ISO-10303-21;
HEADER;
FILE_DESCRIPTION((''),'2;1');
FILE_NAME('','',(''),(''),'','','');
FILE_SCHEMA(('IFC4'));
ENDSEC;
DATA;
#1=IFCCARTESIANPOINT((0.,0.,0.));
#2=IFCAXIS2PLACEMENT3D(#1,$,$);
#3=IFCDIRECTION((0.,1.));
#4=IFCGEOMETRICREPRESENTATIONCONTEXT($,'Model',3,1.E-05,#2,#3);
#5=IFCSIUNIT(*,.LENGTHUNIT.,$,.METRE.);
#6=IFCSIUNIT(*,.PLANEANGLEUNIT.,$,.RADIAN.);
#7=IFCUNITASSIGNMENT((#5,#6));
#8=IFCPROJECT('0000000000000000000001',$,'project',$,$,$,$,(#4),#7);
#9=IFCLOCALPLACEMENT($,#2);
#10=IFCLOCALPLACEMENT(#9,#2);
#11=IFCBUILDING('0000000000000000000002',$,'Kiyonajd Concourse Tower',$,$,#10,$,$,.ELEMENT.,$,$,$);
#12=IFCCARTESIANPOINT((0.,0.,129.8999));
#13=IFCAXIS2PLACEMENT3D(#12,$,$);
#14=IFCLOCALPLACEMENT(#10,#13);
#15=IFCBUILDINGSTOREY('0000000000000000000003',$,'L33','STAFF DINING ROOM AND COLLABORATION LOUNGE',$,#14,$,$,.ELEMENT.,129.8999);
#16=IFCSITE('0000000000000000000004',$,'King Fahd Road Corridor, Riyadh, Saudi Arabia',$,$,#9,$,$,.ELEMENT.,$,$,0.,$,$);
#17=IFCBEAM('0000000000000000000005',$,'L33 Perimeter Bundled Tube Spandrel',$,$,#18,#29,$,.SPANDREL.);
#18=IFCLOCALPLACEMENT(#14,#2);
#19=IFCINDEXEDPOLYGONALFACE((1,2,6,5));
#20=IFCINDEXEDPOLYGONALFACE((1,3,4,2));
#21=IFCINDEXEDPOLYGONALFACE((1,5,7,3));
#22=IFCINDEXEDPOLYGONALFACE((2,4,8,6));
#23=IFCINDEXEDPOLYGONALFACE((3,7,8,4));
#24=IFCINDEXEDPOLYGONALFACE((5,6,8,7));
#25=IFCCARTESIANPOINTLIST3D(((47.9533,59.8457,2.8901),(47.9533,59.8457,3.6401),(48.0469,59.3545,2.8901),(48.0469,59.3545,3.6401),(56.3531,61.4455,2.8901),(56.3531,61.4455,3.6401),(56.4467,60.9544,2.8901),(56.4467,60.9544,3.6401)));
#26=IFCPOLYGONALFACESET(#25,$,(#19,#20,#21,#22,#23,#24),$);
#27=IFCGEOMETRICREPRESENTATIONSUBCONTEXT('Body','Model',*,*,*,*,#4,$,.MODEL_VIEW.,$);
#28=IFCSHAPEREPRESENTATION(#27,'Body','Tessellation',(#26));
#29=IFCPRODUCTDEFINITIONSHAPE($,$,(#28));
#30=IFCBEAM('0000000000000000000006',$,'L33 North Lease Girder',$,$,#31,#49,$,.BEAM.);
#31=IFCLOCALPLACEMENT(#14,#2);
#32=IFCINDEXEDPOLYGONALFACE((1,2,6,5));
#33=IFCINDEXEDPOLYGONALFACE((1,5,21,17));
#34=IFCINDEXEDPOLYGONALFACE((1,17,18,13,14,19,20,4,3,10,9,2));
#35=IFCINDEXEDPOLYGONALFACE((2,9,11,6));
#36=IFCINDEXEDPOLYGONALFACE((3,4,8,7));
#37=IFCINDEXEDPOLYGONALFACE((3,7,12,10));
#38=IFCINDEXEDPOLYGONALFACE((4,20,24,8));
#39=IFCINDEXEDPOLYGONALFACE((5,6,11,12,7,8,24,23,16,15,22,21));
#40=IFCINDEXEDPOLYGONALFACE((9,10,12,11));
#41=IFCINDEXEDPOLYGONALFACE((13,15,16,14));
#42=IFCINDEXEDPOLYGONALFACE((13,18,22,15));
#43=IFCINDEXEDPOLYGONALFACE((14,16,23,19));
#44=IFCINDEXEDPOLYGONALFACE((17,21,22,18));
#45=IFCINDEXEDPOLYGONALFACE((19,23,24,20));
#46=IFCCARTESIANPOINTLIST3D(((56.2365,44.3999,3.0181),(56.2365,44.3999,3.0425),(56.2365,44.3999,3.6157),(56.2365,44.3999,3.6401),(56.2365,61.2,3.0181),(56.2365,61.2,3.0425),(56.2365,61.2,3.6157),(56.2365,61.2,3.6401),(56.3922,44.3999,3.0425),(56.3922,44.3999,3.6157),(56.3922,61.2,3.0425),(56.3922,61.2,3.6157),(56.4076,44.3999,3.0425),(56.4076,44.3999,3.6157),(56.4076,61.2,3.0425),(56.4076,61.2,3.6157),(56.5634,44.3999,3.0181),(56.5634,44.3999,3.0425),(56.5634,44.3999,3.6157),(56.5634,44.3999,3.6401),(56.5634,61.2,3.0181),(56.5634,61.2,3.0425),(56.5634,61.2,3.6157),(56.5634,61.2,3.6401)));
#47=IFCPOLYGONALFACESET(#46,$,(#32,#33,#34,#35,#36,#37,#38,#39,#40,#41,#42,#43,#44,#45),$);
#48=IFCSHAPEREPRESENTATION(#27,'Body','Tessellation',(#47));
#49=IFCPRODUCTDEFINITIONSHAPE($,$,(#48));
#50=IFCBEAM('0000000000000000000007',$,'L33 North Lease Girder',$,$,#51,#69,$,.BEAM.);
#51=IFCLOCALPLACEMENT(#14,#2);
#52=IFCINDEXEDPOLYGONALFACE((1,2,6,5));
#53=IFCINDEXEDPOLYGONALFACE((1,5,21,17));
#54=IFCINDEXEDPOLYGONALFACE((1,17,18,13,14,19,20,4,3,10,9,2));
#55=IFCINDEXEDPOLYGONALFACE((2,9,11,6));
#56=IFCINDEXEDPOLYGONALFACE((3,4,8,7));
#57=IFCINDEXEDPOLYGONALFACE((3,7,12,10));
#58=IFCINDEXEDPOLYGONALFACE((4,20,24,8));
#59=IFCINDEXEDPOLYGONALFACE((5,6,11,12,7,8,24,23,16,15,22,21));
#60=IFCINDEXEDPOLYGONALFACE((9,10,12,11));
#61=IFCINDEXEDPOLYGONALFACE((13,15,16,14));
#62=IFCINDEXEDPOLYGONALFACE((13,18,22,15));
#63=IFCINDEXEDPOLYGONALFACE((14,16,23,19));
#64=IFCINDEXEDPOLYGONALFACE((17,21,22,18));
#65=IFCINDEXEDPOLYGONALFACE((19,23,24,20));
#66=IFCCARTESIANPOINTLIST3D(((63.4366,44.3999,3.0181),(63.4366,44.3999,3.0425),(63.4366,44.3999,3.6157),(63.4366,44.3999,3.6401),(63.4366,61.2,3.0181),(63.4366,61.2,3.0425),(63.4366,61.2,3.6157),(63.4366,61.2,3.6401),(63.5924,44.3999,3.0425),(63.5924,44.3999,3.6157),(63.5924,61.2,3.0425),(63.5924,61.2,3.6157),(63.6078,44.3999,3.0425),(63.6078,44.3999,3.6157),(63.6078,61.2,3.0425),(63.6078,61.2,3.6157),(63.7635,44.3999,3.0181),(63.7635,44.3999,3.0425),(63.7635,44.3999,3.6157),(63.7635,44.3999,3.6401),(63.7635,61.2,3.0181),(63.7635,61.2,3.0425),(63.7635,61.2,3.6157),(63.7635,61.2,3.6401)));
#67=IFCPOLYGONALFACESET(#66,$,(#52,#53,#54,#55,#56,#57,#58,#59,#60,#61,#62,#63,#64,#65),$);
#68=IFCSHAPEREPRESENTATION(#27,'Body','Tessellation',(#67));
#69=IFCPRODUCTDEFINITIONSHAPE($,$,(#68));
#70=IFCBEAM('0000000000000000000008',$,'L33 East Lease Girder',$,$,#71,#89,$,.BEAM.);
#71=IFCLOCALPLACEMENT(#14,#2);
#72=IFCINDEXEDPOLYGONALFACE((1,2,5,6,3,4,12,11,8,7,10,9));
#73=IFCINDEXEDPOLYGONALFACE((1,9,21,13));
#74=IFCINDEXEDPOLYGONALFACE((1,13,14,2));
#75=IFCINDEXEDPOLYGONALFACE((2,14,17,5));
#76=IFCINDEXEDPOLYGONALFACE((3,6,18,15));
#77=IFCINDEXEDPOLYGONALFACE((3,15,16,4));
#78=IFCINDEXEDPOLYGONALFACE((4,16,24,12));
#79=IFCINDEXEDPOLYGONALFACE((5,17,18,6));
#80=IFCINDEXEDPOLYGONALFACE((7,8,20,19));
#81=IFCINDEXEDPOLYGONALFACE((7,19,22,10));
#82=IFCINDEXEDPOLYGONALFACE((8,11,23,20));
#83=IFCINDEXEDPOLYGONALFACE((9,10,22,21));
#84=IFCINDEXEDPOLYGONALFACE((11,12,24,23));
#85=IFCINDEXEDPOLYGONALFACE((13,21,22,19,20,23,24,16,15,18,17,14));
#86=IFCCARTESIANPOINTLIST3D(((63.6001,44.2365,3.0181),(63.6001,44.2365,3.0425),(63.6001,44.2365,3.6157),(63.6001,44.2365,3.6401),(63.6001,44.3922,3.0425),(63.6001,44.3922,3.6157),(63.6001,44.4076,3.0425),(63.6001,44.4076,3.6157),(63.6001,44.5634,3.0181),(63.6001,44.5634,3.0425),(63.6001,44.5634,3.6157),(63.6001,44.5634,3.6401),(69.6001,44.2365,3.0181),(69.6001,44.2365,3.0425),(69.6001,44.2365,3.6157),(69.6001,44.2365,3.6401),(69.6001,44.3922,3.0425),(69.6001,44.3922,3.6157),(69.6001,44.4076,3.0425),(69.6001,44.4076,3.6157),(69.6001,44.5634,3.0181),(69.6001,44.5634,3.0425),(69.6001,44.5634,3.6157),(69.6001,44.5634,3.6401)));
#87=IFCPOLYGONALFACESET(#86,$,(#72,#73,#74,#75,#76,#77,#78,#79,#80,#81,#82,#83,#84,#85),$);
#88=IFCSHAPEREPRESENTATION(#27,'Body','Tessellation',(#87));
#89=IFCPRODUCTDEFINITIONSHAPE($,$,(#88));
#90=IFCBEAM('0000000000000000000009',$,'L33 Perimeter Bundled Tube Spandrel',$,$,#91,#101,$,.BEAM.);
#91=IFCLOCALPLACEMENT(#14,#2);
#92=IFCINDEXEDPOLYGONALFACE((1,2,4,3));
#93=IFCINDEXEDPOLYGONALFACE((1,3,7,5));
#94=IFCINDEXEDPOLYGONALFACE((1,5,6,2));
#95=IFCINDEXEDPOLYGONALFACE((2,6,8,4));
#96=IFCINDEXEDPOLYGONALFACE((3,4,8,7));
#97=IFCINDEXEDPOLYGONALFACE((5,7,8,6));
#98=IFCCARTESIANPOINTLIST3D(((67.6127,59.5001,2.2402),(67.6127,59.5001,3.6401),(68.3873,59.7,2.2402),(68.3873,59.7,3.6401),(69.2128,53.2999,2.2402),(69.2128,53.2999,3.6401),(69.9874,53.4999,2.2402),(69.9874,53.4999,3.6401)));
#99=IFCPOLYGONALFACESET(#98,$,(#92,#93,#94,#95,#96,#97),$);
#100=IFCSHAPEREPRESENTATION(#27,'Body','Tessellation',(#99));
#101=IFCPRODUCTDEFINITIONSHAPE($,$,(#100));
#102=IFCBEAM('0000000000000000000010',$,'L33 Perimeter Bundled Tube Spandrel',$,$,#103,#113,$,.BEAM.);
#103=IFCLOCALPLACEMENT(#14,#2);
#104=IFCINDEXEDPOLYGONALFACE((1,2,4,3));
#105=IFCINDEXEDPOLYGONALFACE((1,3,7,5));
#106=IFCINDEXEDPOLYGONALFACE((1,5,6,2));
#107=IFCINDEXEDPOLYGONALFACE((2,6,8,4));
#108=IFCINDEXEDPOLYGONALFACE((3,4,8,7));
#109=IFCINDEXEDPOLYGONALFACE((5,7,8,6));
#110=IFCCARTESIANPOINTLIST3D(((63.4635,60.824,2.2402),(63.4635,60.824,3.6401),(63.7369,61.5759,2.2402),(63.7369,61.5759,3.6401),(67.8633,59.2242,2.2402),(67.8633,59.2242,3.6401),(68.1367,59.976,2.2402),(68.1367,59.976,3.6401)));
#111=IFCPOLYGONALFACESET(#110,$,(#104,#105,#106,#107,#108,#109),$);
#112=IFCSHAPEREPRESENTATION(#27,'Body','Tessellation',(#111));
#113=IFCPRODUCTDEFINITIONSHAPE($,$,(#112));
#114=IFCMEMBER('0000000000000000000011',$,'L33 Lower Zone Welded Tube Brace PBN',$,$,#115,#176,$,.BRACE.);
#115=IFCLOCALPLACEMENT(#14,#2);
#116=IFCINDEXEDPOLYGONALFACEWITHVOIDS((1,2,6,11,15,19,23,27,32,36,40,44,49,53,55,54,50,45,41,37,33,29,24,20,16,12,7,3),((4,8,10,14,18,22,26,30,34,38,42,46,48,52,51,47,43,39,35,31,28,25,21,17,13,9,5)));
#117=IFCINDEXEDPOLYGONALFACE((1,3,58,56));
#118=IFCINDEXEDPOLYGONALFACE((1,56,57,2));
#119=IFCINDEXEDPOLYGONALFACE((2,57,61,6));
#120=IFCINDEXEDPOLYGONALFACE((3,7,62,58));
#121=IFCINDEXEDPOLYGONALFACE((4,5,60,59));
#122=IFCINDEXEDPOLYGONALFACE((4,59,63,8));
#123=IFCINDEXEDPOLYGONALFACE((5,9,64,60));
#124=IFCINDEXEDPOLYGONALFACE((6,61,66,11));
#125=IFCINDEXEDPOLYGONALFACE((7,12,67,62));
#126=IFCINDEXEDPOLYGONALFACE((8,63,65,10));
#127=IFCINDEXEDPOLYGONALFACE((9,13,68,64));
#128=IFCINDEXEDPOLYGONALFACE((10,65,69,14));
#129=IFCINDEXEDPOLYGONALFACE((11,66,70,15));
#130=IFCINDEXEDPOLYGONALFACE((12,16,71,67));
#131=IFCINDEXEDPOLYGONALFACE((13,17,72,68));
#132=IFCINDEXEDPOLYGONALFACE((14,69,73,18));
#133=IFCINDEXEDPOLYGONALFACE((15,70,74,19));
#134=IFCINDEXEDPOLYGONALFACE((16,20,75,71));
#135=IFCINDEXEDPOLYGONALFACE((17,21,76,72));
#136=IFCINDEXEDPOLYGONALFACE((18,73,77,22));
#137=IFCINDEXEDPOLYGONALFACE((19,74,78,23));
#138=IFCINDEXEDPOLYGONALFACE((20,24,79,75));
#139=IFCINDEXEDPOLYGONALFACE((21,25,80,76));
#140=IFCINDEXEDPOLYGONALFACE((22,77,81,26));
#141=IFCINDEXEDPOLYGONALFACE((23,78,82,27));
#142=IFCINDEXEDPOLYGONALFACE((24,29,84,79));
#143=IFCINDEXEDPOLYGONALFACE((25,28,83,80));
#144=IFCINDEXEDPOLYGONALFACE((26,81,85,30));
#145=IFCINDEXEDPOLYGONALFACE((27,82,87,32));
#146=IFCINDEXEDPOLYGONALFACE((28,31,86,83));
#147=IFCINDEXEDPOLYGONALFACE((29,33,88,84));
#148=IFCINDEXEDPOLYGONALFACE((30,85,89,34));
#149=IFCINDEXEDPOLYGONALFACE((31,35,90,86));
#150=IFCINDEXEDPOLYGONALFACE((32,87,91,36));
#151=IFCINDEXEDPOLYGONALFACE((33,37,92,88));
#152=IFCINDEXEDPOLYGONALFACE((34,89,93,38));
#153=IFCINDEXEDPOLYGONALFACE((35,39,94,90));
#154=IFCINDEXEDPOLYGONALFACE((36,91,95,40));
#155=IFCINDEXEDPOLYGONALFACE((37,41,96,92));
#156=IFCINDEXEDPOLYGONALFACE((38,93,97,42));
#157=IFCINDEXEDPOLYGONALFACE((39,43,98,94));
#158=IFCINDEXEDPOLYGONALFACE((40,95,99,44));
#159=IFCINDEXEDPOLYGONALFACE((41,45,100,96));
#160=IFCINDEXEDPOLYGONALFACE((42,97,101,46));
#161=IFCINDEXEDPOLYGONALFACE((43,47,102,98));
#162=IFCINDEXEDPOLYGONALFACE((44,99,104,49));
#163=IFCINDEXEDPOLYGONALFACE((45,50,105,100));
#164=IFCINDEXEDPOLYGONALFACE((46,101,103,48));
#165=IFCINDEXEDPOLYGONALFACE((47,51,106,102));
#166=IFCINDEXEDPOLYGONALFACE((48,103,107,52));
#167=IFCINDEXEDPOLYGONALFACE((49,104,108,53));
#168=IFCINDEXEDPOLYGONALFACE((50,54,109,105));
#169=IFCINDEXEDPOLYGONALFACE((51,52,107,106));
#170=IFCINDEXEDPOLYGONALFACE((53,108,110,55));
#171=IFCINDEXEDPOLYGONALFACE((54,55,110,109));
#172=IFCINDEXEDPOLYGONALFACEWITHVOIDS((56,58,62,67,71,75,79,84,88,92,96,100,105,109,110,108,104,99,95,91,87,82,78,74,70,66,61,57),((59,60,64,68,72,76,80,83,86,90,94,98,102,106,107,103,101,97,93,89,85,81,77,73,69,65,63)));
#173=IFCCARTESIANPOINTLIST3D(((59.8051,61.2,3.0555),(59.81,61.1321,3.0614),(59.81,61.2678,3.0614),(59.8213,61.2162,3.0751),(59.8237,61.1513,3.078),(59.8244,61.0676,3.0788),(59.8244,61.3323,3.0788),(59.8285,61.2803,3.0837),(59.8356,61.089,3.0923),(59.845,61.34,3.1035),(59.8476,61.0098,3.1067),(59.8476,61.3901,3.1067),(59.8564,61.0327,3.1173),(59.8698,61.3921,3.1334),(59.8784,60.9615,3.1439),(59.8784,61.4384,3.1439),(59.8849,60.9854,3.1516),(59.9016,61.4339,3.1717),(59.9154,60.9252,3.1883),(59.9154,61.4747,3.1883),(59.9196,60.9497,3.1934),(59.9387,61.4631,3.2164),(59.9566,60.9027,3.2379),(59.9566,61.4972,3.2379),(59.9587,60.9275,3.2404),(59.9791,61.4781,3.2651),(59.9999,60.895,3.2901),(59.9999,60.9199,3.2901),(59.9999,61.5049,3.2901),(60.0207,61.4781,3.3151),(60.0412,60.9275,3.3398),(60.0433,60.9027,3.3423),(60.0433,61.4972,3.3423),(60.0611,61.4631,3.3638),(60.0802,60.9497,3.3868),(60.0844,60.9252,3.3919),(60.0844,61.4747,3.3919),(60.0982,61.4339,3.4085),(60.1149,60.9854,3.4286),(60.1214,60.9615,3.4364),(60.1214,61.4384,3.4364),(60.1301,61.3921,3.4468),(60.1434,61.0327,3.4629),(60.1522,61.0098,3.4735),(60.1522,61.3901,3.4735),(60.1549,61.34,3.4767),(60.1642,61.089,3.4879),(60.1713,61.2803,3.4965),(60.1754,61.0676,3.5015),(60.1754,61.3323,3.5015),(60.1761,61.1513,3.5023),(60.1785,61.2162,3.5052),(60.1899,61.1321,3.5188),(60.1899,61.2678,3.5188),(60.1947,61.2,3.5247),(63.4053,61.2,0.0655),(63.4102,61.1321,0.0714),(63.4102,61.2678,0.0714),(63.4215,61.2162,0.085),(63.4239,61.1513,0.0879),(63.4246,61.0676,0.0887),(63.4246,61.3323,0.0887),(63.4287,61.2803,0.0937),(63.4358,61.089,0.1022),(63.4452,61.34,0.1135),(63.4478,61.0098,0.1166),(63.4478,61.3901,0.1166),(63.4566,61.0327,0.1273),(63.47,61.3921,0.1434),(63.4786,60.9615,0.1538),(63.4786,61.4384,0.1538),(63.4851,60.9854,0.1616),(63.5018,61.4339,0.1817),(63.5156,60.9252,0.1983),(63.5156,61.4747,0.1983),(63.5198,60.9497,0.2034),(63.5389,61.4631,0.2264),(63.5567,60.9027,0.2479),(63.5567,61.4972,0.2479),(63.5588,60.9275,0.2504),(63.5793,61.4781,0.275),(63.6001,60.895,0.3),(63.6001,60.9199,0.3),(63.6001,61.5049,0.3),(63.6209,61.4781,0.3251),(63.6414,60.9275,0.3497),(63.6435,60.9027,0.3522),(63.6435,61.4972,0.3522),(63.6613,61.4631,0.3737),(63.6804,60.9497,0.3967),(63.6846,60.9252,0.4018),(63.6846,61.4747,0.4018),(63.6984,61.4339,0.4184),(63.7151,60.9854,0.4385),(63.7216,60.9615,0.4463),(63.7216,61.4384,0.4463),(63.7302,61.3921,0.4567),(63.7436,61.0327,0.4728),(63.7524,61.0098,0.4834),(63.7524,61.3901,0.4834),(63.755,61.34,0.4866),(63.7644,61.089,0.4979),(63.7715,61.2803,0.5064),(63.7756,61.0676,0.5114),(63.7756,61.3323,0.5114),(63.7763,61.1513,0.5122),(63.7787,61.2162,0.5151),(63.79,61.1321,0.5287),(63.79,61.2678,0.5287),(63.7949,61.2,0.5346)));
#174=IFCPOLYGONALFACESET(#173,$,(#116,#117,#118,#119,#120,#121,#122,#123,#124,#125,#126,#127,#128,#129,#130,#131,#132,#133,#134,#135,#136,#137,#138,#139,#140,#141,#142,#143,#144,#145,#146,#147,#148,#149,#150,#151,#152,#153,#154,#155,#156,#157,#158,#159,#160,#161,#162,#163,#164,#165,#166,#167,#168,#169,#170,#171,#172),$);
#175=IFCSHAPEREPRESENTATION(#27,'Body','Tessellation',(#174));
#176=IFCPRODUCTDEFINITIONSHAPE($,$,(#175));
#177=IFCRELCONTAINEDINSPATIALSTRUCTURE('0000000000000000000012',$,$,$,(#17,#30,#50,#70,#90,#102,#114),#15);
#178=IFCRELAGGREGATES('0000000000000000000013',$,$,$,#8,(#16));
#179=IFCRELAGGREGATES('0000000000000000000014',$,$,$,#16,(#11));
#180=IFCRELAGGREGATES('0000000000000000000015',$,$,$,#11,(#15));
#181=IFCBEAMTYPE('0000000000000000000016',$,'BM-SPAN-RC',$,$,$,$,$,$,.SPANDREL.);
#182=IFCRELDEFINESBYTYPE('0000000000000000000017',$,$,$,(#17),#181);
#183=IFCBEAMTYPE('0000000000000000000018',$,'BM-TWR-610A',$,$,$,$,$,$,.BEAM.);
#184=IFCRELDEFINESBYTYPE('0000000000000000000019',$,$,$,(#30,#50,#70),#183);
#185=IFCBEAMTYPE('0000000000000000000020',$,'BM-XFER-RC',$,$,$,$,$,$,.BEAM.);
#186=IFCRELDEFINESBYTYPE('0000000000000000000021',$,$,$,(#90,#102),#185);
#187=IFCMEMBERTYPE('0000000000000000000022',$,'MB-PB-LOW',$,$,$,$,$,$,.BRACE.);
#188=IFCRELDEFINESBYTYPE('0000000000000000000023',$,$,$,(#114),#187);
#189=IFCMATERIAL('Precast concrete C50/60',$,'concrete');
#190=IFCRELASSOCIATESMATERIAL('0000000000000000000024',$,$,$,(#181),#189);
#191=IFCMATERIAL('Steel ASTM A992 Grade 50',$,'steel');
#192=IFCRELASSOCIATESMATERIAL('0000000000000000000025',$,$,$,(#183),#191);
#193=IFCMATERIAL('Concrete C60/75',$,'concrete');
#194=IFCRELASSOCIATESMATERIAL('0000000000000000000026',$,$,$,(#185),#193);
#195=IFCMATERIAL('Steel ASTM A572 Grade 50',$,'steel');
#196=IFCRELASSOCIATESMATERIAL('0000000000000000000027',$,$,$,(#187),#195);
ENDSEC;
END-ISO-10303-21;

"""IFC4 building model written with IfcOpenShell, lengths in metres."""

from ifc_helpers import new_model, si_unit, direction, frame, origin, origin_2d, place, context, subcontext, project, spatial, rectangle, hollow_circle, i_section, extrude, material, material_profile, profile_set, type_object, element, save


model = new_model("IFC4")

# Units and contexts
model_context = context("Model", 3, precision=1e-05, world=origin(), true_north=direction((0.0, 1.0)))
body_context = subcontext(model_context, "Body", "Model", "MODEL_VIEW")
ifc_project = project(units=[si_unit("LENGTHUNIT", "METRE"), si_unit("PLANEANGLEUNIT", "RADIAN")], contexts=[model_context])

# Site, building, storey
site_placement = place(None, origin())
site = spatial("IfcSite", under=ifc_project, at=site_placement, Name="King Fahd Road Corridor, Riyadh, Saudi Arabia", CompositionType="ELEMENT", RefElevation=0.0)
building_placement = place(site_placement, origin())
building = spatial("IfcBuilding", under=site, at=building_placement, Name="Kiyonajd Concourse Tower", CompositionType="ELEMENT")
storey_placement = place(building_placement, frame((0.0, 0.0, 129.8999)))
storey = spatial("IfcBuildingStorey", under=building, at=storey_placement, Name="L33", Description="STAFF DINING ROOM AND COLLABORATION LOUNGE", CompositionType="ELEMENT", Elevation=129.8999)

# Beams
ifc_material_1 = material(Name="Steel ASTM A992 Grade 50", Category="steel")
ifc_material_2 = material(Name="Precast concrete C50/60", Category="concrete")
ifc_material_profile_1 = material_profile(ifc_material_2, rectangle(XDim=0.5, YDim=0.75, at=origin_2d()), Name="RCBM-500x750")
ifc_profile_set_1 = profile_set([ifc_material_profile_1], Name="Precast concrete C50/60")
beam_type_1 = type_object("IfcBeamType", Name="BM-SPAN-RC", PredefinedType="SPANDREL", material=ifc_profile_set_1)
beam_1_placement = place(storey_placement, frame((56.3999, 61.2, 3.2651), z_axis=(-0.982341, -0.187098, 0.0), x_axis=(0.187098, -0.982341, 0.0)))
element("IfcBeam", 1, at=beam_1_placement, inside=storey, type_object=beam_type_1, Name="L33 Perimeter Bundled Tube Spandrel", PredefinedType="SPANDREL", context=body_context, shape_type="SweptSolid", body=[
    extrude(rectangle(XDim=0.5, YDim=0.75, at=origin_2d()), origin(), (0.0, 0.0, 1.0), 8.5508),
])
ifc_material_profile_2 = material_profile(ifc_material_1, i_section(OverallWidth=0.3269, OverallDepth=0.6221, WebThickness=0.0154, FlangeThickness=0.0244, at=origin_2d()), Name="W610X195")
ifc_profile_set_2 = profile_set([ifc_material_profile_2], Name="Steel ASTM A992 Grade 50")
beam_type_2 = type_object("IfcBeamType", Name="BM-TWR-610A", PredefinedType="BEAM", material=ifc_profile_set_2)
for number, where, z_axis, x_axis, name in (
    (2, (56.3999, 44.3999, 3.3291), (0.0, 1.0, 0.0), (-1.0, 0.0, 0.0), "L33 North Lease Girder"),
    (3, (63.6001, 44.3999, 3.3291), (0.0, 1.0, 0.0), (-1.0, 0.0, 0.0), "L33 North Lease Girder"),
):
    element("IfcBeam", number, at=place(storey_placement, frame(where, z_axis=z_axis, x_axis=x_axis)), inside=storey, type_object=beam_type_2, Name=name, PredefinedType="BEAM", context=body_context, shape_type="SweptSolid", body=[
        extrude(i_section(OverallWidth=0.3269, OverallDepth=0.6221, WebThickness=0.0154, FlangeThickness=0.0244, at=origin_2d()), origin(), (0.0, 0.0, 1.0), 16.8),
    ])
beam_2_placement = place(storey_placement, frame((63.6001, 44.3999, 3.3291), z_axis=(1.0, 0.0, 0.0), x_axis=(0.0, 1.0, 0.0)))
element("IfcBeam", 4, at=beam_2_placement, inside=storey, type_object=beam_type_2, Name="L33 East Lease Girder", PredefinedType="BEAM", context=body_context, shape_type="SweptSolid", body=[
    extrude(i_section(OverallWidth=0.3269, OverallDepth=0.6221, WebThickness=0.0154, FlangeThickness=0.0244, at=origin_2d()), origin(), (0.0, 0.0, 1.0), 6.0),
])
ifc_material_3 = material(Name="Concrete C60/75", Category="concrete")
ifc_material_profile_3 = material_profile(ifc_material_3, rectangle(XDim=0.8, YDim=1.3999, at=origin_2d()), Name="RCBM-800x1400")
ifc_profile_set_3 = profile_set([ifc_material_profile_3], Name="Concrete C60/75")
beam_type_3 = type_object("IfcBeamType", Name="BM-XFER-RC", PredefinedType="BEAM", material=ifc_profile_set_3)
beam_3_placement = place(storey_placement, frame((69.6001, 53.3999, 2.9402), z_axis=(-0.249885, 0.968276, 0.0), x_axis=(-0.968276, -0.249885, 0.0)))
element("IfcBeam", 5, at=beam_3_placement, inside=storey, type_object=beam_type_3, Name="L33 Perimeter Bundled Tube Spandrel", PredefinedType="BEAM", context=body_context, shape_type="SweptSolid", body=[
    extrude(rectangle(XDim=0.8, YDim=1.3999, at=origin_2d()), origin(), (0.0, 0.0, 1.0), 6.4033),
])
beam_4_placement = place(storey_placement, frame((68.0, 59.6001, 2.9402), z_axis=(-0.939801, 0.341722, 0.0), x_axis=(-0.341722, -0.939801, 0.0)))
element("IfcBeam", 6, at=beam_4_placement, inside=storey, type_object=beam_type_3, Name="L33 Perimeter Bundled Tube Spandrel", PredefinedType="BEAM", context=body_context, shape_type="SweptSolid", body=[
    extrude(rectangle(XDim=0.8, YDim=1.3999, at=origin_2d()), origin(), (0.0, 0.0, 1.0), 4.6816),
])

# Member
ifc_material_4 = material(Name="Steel ASTM A572 Grade 50", Category="steel")
ifc_material_profile_4 = material_profile(ifc_material_4, hollow_circle(Radius=0.3049, WallThickness=0.0249, at=origin_2d()), Name="CHS-610x25")
ifc_profile_set_4 = profile_set([ifc_material_profile_4], Name="Steel ASTM A572 Grade 50")
member_type = type_object("IfcMemberType", Name="MB-PB-LOW", PredefinedType="BRACE", material=ifc_profile_set_4)
member_1_placement = place(storey_placement, frame((63.6001, 61.2, 0.3), z_axis=(-0.769281, 0.0, 0.638911), x_axis=(0.0, -1.0, 0.0)))
element("IfcMember", 7, at=member_1_placement, inside=storey, type_object=member_type, Name="L33 Lower Zone Welded Tube Brace PBN", PredefinedType="BRACE", context=body_context, shape_type="SweptSolid", body=[
    extrude(hollow_circle(Radius=0.3049, WallThickness=0.0249, at=origin_2d()), origin(), (0.0, 0.0, 1.0), 4.6799),
])

save(model, "model.ifc")
